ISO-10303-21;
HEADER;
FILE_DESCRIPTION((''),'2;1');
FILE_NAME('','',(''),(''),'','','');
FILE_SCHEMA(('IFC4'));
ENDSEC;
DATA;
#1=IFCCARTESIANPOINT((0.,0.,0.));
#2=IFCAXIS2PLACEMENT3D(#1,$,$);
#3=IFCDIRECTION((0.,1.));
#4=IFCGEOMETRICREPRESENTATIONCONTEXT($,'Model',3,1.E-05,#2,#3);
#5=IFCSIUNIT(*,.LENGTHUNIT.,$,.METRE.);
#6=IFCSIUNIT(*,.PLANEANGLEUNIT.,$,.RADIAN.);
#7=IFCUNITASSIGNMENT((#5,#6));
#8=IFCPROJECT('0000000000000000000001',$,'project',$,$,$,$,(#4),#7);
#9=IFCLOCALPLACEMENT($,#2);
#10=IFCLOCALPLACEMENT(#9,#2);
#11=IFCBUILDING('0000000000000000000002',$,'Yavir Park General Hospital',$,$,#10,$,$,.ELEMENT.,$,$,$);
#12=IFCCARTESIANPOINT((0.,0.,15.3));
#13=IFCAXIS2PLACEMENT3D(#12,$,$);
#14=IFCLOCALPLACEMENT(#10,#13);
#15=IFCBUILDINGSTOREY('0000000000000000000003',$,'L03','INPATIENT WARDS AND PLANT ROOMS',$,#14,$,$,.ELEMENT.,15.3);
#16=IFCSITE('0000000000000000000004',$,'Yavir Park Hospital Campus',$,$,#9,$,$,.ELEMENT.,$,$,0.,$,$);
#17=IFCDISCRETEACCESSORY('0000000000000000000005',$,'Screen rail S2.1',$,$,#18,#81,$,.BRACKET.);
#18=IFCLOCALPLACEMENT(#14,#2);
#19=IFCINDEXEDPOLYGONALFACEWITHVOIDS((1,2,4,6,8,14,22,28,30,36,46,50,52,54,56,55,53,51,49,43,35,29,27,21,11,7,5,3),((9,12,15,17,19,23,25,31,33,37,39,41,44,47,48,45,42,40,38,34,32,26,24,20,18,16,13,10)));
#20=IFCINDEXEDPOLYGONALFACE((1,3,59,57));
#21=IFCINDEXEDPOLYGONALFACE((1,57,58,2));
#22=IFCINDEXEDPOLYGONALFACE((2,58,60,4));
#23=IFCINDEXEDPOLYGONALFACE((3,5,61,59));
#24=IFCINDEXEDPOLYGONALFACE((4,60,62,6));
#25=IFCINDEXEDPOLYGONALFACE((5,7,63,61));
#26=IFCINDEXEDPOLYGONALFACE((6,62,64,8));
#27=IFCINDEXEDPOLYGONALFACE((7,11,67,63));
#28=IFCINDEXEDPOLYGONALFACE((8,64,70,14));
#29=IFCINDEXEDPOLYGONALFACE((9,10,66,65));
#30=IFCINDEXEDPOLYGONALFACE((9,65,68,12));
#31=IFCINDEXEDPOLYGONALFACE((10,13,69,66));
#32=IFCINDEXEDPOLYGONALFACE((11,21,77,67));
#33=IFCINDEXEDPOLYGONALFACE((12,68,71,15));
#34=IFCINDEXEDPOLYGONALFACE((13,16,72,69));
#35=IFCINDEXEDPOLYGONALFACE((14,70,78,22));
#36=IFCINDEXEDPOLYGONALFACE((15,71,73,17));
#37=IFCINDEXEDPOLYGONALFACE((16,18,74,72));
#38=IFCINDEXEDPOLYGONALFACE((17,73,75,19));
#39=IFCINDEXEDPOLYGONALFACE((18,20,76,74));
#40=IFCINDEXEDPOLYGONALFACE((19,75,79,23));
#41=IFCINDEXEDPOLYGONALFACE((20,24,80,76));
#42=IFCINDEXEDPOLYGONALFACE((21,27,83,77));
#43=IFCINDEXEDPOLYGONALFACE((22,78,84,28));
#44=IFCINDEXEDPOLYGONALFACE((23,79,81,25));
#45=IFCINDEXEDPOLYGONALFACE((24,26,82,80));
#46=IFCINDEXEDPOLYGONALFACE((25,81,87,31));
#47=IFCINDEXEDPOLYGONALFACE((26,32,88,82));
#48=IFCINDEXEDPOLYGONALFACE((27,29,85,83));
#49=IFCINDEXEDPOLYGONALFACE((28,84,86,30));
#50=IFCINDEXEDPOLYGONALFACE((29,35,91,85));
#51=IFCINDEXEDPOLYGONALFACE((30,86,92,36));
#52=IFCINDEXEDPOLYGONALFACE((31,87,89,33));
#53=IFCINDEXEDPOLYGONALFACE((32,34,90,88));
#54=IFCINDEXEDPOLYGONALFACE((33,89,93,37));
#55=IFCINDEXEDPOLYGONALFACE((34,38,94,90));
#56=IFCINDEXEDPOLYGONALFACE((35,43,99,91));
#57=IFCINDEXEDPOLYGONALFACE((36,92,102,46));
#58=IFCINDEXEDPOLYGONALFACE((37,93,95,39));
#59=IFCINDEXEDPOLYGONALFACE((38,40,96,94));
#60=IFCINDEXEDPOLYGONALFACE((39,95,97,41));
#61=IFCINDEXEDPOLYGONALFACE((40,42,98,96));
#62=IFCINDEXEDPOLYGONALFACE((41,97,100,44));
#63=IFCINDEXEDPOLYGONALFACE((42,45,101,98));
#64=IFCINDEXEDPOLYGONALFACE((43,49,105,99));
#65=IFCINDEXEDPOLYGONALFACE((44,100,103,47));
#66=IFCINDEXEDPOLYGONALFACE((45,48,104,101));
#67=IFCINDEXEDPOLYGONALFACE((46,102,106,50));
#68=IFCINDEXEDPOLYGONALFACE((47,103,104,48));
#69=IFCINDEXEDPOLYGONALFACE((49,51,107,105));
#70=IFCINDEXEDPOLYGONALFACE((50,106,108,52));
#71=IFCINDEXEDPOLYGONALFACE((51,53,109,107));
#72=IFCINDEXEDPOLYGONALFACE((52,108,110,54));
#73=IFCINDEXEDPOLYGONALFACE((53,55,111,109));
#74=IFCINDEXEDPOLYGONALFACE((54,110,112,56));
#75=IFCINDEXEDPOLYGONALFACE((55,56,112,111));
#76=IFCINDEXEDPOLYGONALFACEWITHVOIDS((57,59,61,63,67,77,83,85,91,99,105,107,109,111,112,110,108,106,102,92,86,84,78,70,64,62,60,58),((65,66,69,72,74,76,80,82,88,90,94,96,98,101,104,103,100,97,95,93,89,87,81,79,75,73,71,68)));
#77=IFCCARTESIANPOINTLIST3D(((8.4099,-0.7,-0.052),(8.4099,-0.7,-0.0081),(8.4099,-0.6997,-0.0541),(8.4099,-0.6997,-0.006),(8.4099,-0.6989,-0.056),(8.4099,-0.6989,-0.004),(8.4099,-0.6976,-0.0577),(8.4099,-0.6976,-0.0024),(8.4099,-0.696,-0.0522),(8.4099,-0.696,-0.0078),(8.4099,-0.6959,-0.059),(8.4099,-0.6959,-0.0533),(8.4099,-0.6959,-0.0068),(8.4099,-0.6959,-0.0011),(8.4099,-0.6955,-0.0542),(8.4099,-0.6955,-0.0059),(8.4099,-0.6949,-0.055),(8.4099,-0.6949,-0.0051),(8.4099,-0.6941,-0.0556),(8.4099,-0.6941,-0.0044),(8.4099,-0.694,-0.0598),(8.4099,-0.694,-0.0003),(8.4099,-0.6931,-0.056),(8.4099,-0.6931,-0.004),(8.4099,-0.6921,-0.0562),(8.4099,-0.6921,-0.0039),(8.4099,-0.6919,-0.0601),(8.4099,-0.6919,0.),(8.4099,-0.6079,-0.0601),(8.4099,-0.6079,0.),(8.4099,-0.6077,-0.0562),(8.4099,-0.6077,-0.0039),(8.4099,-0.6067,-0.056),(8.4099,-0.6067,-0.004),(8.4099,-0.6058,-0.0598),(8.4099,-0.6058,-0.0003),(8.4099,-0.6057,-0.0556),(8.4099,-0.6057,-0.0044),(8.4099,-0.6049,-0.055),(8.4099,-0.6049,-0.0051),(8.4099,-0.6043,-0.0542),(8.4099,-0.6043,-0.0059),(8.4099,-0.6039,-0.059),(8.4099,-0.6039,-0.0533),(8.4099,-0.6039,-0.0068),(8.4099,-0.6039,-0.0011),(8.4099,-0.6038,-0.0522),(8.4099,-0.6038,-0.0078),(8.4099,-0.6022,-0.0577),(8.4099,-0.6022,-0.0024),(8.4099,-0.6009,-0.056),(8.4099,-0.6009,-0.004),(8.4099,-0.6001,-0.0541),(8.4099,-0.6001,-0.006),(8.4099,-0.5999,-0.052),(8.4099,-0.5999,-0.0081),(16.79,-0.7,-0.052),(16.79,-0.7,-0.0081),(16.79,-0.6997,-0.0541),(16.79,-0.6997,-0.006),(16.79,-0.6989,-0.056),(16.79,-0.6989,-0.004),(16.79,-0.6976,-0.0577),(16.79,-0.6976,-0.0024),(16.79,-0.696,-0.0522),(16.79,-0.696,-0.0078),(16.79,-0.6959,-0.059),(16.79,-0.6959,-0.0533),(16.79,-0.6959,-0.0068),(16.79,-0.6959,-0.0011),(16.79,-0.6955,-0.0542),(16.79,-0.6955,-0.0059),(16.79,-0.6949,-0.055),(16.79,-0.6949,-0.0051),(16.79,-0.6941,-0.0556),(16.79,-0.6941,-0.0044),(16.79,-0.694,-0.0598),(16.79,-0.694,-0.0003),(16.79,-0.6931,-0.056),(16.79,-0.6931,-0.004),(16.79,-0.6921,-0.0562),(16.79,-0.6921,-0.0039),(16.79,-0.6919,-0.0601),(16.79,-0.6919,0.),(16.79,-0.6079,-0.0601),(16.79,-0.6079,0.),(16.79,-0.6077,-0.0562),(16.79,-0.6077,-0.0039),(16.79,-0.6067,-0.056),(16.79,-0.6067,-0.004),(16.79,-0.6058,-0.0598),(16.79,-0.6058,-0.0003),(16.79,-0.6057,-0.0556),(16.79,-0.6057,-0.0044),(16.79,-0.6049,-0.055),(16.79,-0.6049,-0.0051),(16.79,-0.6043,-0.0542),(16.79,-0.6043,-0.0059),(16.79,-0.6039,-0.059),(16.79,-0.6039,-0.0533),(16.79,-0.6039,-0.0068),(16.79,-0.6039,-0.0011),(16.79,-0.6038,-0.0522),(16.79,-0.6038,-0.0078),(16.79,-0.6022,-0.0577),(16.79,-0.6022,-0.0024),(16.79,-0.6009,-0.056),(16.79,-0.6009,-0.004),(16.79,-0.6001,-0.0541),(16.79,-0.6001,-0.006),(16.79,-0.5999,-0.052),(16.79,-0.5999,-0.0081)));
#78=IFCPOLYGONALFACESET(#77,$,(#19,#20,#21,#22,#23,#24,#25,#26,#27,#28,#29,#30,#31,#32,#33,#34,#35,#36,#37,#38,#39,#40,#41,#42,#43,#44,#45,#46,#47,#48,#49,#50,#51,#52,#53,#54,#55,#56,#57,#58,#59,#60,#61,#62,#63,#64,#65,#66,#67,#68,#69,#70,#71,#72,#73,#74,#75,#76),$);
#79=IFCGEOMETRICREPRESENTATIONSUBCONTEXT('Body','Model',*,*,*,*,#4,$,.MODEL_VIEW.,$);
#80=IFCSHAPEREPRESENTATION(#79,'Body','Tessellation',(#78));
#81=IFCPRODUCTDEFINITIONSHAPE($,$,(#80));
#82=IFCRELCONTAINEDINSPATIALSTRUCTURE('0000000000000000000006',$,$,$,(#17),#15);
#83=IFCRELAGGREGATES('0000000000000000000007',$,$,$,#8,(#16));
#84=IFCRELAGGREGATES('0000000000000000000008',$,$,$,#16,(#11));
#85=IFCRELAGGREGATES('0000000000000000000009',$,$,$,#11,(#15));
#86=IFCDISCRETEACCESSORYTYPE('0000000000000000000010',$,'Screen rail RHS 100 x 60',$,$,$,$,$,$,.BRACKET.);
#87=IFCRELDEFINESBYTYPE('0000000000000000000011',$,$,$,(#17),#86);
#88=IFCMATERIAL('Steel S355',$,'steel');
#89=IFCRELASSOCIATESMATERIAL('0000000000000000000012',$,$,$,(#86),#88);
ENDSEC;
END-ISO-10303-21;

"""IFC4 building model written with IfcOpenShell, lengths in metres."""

from ifc_helpers import new_model, si_unit, direction, frame, origin, origin_2d, place, context, subcontext, project, spatial, hollow_rectangle, extrude, material, material_profile, profile_set, type_object, element, save


model = new_model("IFC4")

# Units and contexts
model_context = context("Model", 3, precision=1e-05, world=origin(), true_north=direction((0.0, 1.0)))
body_context = subcontext(model_context, "Body", "Model", "MODEL_VIEW")
ifc_project = project(units=[si_unit("LENGTHUNIT", "METRE"), si_unit("PLANEANGLEUNIT", "RADIAN")], contexts=[model_context])

# Site, building, storey
site_placement = place(None, origin())
site = spatial("IfcSite", under=ifc_project, at=site_placement, Name="Yavir Park Hospital Campus", CompositionType="ELEMENT", RefElevation=0.0)
building_placement = place(site_placement, origin())
building = spatial("IfcBuilding", under=site, at=building_placement, Name="Yavir Park General Hospital", CompositionType="ELEMENT")
storey_placement = place(building_placement, frame((0.0, 0.0, 15.3)))
storey = spatial("IfcBuildingStorey", under=building, at=storey_placement, Name="L03", Description="INPATIENT WARDS AND PLANT ROOMS", CompositionType="ELEMENT", Elevation=15.3)

# Discrete accessory
ifc_material_1 = material(Name="Steel S355", Category="steel")
ifc_material_profile_1 = material_profile(ifc_material_1, hollow_rectangle(XDim=0.1001, YDim=0.0601, WallThickness=0.0039, InnerFilletRadius=0.0039, OuterFilletRadius=0.0081, at=origin_2d()), Name="RHS60x100x4")
ifc_profile_set_1 = profile_set([ifc_material_profile_1], Name="Steel S355")
discrete_accessory_type = type_object("IfcDiscreteAccessoryType", Name="Screen rail RHS 100 x 60", PredefinedType="BRACKET", material=ifc_profile_set_1)
discrete_accessory_placement = place(storey_placement, frame((8.4099, -0.6499, -0.03), z_axis=(1.0, 0.0, 0.0), x_axis=(0.0, 1.0, 0.0)))
element("IfcDiscreteAccessory", 1, at=discrete_accessory_placement, inside=storey, type_object=discrete_accessory_type, Name="Screen rail S2.1", PredefinedType="BRACKET", context=body_context, shape_type="SweptSolid", body=[
    extrude(hollow_rectangle(XDim=0.1001, YDim=0.0601, WallThickness=0.0039, InnerFilletRadius=0.0039, OuterFilletRadius=0.0081, at=origin_2d()), origin(), (0.0, 0.0, 1.0), 8.3801),
])

save(model, "model.ifc")
